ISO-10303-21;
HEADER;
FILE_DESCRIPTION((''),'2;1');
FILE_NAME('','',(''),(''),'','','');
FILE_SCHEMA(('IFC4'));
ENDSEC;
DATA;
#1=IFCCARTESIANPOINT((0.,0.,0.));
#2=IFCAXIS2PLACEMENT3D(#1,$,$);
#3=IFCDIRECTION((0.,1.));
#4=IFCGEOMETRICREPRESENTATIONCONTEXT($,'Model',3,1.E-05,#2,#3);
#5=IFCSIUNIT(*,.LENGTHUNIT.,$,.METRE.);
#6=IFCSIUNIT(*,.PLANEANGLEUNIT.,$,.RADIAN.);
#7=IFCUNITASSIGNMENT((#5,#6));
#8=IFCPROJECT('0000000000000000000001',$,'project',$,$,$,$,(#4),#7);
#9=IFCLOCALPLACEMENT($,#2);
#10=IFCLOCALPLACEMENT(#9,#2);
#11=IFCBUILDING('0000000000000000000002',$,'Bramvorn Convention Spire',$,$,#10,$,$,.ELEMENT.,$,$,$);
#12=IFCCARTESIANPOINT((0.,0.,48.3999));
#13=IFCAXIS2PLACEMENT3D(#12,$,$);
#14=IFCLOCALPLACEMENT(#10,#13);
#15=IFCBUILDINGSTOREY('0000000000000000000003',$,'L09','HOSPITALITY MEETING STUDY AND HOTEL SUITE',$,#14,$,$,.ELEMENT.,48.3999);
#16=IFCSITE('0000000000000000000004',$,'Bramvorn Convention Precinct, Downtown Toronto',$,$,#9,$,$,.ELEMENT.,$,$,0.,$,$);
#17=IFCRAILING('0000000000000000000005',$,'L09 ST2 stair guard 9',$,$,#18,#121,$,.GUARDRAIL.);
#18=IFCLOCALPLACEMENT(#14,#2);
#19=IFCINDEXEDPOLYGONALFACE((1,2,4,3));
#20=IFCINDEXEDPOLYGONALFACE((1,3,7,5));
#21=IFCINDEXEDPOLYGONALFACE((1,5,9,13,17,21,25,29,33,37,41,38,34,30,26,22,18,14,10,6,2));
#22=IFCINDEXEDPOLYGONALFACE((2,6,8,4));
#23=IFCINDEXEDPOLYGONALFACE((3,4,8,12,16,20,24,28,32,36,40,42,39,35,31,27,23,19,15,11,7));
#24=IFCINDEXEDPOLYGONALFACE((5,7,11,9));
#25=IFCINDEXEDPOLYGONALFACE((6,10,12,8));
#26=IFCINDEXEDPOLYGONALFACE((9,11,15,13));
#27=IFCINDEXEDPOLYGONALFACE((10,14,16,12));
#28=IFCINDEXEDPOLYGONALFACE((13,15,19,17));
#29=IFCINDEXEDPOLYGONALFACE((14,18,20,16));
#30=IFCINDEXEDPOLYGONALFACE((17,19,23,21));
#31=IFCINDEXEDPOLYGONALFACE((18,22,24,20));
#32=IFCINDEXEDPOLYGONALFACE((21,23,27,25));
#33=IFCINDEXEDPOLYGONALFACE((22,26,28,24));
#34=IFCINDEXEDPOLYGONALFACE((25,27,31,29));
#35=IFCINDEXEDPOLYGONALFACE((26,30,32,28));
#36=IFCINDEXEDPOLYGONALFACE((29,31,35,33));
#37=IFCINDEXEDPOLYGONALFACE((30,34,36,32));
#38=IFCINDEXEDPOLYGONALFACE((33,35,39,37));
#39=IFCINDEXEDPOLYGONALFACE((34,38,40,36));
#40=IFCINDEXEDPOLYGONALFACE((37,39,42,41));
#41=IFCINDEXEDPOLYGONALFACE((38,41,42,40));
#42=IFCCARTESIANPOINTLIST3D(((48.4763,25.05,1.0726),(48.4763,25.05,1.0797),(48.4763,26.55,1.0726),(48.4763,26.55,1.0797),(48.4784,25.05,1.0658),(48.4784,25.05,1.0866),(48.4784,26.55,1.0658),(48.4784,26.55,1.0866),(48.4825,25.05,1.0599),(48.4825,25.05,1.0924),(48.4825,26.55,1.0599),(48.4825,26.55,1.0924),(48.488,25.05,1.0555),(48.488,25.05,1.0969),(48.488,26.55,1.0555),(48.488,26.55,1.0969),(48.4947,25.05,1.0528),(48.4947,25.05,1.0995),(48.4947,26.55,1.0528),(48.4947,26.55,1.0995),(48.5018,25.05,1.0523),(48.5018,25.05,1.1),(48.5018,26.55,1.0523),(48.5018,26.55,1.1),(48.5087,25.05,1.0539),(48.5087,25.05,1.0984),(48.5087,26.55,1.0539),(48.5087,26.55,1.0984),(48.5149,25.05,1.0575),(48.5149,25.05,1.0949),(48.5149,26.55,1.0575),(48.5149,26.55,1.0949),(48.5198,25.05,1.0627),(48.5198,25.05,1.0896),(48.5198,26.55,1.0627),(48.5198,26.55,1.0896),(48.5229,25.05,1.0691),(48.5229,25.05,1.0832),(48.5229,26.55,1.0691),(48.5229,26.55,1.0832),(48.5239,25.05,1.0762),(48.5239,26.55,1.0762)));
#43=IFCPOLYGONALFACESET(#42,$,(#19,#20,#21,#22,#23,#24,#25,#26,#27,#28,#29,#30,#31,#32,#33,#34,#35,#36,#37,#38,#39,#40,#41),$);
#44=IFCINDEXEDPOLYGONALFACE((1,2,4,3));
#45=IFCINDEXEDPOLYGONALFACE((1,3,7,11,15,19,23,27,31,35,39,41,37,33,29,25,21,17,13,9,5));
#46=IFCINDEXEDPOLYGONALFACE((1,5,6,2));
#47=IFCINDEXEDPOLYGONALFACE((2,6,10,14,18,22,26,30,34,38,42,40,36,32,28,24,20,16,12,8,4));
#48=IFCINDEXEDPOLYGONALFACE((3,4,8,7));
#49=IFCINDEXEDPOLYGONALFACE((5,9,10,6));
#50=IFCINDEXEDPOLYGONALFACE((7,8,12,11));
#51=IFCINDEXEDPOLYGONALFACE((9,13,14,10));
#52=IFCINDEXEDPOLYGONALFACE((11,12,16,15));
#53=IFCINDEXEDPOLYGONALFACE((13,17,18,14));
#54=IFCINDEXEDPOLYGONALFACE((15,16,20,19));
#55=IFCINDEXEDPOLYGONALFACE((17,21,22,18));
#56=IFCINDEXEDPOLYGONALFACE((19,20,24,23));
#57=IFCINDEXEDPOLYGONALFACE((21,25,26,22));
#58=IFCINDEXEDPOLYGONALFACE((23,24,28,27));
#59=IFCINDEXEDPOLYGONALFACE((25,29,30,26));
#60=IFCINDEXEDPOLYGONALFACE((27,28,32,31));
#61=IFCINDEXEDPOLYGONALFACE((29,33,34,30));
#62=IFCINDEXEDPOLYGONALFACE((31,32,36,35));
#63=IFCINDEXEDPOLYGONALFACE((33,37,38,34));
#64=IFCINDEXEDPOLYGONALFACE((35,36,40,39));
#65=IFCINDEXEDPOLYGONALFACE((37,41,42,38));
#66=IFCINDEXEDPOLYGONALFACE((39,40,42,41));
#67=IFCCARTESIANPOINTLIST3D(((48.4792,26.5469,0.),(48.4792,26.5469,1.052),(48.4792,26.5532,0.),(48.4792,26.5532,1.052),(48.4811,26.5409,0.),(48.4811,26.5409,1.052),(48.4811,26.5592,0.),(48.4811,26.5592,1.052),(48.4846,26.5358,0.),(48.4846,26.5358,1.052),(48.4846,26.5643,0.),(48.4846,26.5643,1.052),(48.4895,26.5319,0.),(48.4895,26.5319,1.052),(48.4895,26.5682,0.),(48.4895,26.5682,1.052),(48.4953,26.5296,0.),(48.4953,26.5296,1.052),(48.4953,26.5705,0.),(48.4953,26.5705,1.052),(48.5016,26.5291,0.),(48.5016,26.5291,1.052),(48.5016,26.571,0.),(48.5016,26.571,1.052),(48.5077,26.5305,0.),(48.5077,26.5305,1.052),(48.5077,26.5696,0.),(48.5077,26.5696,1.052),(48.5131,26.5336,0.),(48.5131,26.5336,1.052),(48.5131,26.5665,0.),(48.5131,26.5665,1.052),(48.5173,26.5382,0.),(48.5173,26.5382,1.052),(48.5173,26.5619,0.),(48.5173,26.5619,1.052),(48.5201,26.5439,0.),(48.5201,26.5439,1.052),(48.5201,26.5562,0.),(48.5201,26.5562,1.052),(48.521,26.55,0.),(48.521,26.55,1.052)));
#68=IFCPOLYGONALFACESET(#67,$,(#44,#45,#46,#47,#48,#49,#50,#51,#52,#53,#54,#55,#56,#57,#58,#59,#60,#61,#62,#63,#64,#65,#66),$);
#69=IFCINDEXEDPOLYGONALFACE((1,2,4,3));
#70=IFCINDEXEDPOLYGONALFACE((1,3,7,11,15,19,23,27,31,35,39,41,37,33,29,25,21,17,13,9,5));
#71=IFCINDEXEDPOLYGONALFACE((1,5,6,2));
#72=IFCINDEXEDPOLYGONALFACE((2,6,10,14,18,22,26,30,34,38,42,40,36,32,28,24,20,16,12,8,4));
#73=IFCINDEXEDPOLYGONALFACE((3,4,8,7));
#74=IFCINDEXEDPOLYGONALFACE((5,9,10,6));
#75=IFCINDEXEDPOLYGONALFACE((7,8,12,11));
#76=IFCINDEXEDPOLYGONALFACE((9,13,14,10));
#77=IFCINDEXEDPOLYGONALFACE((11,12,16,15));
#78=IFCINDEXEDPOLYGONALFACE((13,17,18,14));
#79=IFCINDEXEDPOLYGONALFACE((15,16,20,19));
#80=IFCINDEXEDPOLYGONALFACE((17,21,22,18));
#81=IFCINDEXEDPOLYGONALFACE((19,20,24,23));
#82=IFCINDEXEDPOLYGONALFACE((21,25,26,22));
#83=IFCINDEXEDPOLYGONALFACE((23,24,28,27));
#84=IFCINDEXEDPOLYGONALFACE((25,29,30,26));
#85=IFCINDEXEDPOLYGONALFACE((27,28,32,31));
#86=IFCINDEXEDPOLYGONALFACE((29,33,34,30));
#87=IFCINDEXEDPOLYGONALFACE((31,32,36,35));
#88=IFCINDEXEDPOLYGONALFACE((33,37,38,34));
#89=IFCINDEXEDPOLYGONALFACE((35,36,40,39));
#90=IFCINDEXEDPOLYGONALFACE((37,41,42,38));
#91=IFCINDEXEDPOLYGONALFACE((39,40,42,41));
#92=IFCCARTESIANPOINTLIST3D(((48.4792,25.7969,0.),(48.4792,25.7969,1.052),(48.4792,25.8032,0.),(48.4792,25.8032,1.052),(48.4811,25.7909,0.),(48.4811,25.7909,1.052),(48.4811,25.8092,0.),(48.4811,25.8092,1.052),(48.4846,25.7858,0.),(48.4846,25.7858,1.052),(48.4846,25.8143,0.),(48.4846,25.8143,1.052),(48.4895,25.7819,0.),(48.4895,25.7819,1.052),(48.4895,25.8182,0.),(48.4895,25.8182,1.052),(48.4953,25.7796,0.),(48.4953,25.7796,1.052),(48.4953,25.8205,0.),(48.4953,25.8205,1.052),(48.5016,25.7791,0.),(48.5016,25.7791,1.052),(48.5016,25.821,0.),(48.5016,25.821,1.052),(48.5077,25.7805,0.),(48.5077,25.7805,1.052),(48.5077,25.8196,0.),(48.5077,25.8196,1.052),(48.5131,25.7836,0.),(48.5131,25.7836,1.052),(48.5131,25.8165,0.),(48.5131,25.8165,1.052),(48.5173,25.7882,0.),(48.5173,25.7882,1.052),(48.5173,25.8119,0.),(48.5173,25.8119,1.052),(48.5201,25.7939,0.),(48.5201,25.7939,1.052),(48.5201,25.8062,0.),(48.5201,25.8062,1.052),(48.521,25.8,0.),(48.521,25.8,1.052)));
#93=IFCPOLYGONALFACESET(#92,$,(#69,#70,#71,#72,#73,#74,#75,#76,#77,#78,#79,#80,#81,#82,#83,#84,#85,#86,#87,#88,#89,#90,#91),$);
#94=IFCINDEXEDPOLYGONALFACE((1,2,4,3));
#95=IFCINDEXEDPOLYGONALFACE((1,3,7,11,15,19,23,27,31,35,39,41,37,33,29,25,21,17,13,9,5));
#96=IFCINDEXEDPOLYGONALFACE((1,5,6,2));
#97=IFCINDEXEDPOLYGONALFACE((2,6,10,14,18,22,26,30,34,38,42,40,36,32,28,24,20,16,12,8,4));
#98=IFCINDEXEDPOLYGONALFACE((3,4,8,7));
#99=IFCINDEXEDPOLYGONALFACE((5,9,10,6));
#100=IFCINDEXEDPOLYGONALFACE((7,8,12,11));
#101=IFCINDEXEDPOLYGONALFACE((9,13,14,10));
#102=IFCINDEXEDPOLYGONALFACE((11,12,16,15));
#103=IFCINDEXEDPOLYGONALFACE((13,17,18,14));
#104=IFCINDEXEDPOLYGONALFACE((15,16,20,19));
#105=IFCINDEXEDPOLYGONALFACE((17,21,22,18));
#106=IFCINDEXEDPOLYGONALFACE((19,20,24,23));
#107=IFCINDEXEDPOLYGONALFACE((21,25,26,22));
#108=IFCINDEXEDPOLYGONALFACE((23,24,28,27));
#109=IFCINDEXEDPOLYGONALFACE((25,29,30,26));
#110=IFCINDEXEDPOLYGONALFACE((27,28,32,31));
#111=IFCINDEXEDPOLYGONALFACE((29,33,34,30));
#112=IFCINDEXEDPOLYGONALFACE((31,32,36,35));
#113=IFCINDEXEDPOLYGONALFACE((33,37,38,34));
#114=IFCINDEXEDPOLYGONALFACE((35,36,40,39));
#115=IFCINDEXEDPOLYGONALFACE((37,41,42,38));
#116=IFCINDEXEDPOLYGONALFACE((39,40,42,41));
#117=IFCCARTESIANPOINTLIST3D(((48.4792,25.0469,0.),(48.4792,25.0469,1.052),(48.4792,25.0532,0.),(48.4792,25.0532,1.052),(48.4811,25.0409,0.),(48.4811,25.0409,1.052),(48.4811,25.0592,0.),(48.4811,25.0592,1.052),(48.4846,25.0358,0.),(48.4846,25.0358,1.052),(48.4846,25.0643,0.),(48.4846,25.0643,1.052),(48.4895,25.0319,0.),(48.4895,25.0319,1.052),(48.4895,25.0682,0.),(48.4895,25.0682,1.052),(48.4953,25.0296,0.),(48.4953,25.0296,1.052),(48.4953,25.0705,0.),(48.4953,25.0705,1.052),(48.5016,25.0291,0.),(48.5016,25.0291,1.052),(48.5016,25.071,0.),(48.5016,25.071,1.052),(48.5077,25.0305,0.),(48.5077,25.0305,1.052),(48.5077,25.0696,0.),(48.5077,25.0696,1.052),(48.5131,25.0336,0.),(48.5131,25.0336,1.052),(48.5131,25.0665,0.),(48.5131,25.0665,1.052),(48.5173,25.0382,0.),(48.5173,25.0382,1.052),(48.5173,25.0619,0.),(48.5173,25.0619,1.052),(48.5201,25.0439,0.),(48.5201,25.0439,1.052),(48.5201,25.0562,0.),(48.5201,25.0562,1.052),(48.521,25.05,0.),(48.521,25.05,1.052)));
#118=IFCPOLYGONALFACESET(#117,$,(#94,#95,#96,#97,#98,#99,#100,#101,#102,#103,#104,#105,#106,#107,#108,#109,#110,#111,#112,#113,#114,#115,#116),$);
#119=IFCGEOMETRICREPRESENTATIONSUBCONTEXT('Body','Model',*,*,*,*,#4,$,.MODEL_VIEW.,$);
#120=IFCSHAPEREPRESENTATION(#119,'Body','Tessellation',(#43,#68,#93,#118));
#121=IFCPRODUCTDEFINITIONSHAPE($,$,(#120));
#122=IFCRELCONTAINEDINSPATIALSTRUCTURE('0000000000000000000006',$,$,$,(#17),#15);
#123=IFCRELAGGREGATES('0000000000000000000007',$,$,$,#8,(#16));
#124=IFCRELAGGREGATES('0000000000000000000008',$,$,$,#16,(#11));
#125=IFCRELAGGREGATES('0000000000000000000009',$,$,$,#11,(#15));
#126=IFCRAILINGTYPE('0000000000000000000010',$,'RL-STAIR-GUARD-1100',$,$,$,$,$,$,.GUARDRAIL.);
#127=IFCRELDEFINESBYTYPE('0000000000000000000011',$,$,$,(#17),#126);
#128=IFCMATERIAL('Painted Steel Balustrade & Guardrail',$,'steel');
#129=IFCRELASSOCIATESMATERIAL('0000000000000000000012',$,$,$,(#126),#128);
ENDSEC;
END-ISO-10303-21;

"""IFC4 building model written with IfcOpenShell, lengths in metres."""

from ifc_helpers import new_model, si_unit, direction, frame, origin, origin_2d, place, context, subcontext, project, spatial, circle, extrude, material, type_object, element, save


model = new_model("IFC4")

# Units and contexts
model_context = context("Model", 3, precision=1e-05, world=origin(), true_north=direction((0.0, 1.0)))
body_context = subcontext(model_context, "Body", "Model", "MODEL_VIEW")
ifc_project = project(units=[si_unit("LENGTHUNIT", "METRE"), si_unit("PLANEANGLEUNIT", "RADIAN")], contexts=[model_context])

# Site, building, storey
site_placement = place(None, origin())
site = spatial("IfcSite", under=ifc_project, at=site_placement, Name="Bramvorn Convention Precinct, Downtown Toronto", CompositionType="ELEMENT", RefElevation=0.0)
building_placement = place(site_placement, origin())
building = spatial("IfcBuilding", under=site, at=building_placement, Name="Bramvorn Convention Spire", CompositionType="ELEMENT")
storey_placement = place(building_placement, frame((0.0, 0.0, 48.3999)))
storey = spatial("IfcBuildingStorey", under=building, at=storey_placement, Name="L09", Description="HOSPITALITY MEETING STUDY AND HOTEL SUITE", CompositionType="ELEMENT", Elevation=48.3999)

# Railing
ifc_material_1 = material(Name="Painted Steel Balustrade & Guardrail", Category="steel")
railing_type_1 = type_object("IfcRailingType", Name="RL-STAIR-GUARD-1100", PredefinedType="GUARDRAIL", material=ifc_material_1)
railing_1_placement = place(storey_placement, frame((48.5, 26.55, 0.0)))
element("IfcRailing", 1, at=railing_1_placement, inside=storey, type_object=railing_type_1, Name="L09 ST2 stair guard 9", PredefinedType="GUARDRAIL", context=body_context, shape_type="SweptSolid", body=[
    extrude(circle(Radius=0.0239, at=origin_2d()), frame((0.0, 0.0, 1.0762), z_axis=(0.0, -1.0, 0.0), x_axis=(1.0, 0.0, 0.0)), (0.0, 0.0, 1.0), 1.5),
    extrude(circle(Radius=0.021, at=origin_2d()), origin(), (0.0, 0.0, 1.0), 1.052),
    extrude(circle(Radius=0.021, at=origin_2d()), frame((0.0, -0.75, 0.0)), (0.0, 0.0, 1.0), 1.052),
    extrude(circle(Radius=0.021, at=origin_2d()), frame((0.0, -1.5, 0.0)), (0.0, 0.0, 1.0), 1.052),
])

save(model, "model.ifc")
